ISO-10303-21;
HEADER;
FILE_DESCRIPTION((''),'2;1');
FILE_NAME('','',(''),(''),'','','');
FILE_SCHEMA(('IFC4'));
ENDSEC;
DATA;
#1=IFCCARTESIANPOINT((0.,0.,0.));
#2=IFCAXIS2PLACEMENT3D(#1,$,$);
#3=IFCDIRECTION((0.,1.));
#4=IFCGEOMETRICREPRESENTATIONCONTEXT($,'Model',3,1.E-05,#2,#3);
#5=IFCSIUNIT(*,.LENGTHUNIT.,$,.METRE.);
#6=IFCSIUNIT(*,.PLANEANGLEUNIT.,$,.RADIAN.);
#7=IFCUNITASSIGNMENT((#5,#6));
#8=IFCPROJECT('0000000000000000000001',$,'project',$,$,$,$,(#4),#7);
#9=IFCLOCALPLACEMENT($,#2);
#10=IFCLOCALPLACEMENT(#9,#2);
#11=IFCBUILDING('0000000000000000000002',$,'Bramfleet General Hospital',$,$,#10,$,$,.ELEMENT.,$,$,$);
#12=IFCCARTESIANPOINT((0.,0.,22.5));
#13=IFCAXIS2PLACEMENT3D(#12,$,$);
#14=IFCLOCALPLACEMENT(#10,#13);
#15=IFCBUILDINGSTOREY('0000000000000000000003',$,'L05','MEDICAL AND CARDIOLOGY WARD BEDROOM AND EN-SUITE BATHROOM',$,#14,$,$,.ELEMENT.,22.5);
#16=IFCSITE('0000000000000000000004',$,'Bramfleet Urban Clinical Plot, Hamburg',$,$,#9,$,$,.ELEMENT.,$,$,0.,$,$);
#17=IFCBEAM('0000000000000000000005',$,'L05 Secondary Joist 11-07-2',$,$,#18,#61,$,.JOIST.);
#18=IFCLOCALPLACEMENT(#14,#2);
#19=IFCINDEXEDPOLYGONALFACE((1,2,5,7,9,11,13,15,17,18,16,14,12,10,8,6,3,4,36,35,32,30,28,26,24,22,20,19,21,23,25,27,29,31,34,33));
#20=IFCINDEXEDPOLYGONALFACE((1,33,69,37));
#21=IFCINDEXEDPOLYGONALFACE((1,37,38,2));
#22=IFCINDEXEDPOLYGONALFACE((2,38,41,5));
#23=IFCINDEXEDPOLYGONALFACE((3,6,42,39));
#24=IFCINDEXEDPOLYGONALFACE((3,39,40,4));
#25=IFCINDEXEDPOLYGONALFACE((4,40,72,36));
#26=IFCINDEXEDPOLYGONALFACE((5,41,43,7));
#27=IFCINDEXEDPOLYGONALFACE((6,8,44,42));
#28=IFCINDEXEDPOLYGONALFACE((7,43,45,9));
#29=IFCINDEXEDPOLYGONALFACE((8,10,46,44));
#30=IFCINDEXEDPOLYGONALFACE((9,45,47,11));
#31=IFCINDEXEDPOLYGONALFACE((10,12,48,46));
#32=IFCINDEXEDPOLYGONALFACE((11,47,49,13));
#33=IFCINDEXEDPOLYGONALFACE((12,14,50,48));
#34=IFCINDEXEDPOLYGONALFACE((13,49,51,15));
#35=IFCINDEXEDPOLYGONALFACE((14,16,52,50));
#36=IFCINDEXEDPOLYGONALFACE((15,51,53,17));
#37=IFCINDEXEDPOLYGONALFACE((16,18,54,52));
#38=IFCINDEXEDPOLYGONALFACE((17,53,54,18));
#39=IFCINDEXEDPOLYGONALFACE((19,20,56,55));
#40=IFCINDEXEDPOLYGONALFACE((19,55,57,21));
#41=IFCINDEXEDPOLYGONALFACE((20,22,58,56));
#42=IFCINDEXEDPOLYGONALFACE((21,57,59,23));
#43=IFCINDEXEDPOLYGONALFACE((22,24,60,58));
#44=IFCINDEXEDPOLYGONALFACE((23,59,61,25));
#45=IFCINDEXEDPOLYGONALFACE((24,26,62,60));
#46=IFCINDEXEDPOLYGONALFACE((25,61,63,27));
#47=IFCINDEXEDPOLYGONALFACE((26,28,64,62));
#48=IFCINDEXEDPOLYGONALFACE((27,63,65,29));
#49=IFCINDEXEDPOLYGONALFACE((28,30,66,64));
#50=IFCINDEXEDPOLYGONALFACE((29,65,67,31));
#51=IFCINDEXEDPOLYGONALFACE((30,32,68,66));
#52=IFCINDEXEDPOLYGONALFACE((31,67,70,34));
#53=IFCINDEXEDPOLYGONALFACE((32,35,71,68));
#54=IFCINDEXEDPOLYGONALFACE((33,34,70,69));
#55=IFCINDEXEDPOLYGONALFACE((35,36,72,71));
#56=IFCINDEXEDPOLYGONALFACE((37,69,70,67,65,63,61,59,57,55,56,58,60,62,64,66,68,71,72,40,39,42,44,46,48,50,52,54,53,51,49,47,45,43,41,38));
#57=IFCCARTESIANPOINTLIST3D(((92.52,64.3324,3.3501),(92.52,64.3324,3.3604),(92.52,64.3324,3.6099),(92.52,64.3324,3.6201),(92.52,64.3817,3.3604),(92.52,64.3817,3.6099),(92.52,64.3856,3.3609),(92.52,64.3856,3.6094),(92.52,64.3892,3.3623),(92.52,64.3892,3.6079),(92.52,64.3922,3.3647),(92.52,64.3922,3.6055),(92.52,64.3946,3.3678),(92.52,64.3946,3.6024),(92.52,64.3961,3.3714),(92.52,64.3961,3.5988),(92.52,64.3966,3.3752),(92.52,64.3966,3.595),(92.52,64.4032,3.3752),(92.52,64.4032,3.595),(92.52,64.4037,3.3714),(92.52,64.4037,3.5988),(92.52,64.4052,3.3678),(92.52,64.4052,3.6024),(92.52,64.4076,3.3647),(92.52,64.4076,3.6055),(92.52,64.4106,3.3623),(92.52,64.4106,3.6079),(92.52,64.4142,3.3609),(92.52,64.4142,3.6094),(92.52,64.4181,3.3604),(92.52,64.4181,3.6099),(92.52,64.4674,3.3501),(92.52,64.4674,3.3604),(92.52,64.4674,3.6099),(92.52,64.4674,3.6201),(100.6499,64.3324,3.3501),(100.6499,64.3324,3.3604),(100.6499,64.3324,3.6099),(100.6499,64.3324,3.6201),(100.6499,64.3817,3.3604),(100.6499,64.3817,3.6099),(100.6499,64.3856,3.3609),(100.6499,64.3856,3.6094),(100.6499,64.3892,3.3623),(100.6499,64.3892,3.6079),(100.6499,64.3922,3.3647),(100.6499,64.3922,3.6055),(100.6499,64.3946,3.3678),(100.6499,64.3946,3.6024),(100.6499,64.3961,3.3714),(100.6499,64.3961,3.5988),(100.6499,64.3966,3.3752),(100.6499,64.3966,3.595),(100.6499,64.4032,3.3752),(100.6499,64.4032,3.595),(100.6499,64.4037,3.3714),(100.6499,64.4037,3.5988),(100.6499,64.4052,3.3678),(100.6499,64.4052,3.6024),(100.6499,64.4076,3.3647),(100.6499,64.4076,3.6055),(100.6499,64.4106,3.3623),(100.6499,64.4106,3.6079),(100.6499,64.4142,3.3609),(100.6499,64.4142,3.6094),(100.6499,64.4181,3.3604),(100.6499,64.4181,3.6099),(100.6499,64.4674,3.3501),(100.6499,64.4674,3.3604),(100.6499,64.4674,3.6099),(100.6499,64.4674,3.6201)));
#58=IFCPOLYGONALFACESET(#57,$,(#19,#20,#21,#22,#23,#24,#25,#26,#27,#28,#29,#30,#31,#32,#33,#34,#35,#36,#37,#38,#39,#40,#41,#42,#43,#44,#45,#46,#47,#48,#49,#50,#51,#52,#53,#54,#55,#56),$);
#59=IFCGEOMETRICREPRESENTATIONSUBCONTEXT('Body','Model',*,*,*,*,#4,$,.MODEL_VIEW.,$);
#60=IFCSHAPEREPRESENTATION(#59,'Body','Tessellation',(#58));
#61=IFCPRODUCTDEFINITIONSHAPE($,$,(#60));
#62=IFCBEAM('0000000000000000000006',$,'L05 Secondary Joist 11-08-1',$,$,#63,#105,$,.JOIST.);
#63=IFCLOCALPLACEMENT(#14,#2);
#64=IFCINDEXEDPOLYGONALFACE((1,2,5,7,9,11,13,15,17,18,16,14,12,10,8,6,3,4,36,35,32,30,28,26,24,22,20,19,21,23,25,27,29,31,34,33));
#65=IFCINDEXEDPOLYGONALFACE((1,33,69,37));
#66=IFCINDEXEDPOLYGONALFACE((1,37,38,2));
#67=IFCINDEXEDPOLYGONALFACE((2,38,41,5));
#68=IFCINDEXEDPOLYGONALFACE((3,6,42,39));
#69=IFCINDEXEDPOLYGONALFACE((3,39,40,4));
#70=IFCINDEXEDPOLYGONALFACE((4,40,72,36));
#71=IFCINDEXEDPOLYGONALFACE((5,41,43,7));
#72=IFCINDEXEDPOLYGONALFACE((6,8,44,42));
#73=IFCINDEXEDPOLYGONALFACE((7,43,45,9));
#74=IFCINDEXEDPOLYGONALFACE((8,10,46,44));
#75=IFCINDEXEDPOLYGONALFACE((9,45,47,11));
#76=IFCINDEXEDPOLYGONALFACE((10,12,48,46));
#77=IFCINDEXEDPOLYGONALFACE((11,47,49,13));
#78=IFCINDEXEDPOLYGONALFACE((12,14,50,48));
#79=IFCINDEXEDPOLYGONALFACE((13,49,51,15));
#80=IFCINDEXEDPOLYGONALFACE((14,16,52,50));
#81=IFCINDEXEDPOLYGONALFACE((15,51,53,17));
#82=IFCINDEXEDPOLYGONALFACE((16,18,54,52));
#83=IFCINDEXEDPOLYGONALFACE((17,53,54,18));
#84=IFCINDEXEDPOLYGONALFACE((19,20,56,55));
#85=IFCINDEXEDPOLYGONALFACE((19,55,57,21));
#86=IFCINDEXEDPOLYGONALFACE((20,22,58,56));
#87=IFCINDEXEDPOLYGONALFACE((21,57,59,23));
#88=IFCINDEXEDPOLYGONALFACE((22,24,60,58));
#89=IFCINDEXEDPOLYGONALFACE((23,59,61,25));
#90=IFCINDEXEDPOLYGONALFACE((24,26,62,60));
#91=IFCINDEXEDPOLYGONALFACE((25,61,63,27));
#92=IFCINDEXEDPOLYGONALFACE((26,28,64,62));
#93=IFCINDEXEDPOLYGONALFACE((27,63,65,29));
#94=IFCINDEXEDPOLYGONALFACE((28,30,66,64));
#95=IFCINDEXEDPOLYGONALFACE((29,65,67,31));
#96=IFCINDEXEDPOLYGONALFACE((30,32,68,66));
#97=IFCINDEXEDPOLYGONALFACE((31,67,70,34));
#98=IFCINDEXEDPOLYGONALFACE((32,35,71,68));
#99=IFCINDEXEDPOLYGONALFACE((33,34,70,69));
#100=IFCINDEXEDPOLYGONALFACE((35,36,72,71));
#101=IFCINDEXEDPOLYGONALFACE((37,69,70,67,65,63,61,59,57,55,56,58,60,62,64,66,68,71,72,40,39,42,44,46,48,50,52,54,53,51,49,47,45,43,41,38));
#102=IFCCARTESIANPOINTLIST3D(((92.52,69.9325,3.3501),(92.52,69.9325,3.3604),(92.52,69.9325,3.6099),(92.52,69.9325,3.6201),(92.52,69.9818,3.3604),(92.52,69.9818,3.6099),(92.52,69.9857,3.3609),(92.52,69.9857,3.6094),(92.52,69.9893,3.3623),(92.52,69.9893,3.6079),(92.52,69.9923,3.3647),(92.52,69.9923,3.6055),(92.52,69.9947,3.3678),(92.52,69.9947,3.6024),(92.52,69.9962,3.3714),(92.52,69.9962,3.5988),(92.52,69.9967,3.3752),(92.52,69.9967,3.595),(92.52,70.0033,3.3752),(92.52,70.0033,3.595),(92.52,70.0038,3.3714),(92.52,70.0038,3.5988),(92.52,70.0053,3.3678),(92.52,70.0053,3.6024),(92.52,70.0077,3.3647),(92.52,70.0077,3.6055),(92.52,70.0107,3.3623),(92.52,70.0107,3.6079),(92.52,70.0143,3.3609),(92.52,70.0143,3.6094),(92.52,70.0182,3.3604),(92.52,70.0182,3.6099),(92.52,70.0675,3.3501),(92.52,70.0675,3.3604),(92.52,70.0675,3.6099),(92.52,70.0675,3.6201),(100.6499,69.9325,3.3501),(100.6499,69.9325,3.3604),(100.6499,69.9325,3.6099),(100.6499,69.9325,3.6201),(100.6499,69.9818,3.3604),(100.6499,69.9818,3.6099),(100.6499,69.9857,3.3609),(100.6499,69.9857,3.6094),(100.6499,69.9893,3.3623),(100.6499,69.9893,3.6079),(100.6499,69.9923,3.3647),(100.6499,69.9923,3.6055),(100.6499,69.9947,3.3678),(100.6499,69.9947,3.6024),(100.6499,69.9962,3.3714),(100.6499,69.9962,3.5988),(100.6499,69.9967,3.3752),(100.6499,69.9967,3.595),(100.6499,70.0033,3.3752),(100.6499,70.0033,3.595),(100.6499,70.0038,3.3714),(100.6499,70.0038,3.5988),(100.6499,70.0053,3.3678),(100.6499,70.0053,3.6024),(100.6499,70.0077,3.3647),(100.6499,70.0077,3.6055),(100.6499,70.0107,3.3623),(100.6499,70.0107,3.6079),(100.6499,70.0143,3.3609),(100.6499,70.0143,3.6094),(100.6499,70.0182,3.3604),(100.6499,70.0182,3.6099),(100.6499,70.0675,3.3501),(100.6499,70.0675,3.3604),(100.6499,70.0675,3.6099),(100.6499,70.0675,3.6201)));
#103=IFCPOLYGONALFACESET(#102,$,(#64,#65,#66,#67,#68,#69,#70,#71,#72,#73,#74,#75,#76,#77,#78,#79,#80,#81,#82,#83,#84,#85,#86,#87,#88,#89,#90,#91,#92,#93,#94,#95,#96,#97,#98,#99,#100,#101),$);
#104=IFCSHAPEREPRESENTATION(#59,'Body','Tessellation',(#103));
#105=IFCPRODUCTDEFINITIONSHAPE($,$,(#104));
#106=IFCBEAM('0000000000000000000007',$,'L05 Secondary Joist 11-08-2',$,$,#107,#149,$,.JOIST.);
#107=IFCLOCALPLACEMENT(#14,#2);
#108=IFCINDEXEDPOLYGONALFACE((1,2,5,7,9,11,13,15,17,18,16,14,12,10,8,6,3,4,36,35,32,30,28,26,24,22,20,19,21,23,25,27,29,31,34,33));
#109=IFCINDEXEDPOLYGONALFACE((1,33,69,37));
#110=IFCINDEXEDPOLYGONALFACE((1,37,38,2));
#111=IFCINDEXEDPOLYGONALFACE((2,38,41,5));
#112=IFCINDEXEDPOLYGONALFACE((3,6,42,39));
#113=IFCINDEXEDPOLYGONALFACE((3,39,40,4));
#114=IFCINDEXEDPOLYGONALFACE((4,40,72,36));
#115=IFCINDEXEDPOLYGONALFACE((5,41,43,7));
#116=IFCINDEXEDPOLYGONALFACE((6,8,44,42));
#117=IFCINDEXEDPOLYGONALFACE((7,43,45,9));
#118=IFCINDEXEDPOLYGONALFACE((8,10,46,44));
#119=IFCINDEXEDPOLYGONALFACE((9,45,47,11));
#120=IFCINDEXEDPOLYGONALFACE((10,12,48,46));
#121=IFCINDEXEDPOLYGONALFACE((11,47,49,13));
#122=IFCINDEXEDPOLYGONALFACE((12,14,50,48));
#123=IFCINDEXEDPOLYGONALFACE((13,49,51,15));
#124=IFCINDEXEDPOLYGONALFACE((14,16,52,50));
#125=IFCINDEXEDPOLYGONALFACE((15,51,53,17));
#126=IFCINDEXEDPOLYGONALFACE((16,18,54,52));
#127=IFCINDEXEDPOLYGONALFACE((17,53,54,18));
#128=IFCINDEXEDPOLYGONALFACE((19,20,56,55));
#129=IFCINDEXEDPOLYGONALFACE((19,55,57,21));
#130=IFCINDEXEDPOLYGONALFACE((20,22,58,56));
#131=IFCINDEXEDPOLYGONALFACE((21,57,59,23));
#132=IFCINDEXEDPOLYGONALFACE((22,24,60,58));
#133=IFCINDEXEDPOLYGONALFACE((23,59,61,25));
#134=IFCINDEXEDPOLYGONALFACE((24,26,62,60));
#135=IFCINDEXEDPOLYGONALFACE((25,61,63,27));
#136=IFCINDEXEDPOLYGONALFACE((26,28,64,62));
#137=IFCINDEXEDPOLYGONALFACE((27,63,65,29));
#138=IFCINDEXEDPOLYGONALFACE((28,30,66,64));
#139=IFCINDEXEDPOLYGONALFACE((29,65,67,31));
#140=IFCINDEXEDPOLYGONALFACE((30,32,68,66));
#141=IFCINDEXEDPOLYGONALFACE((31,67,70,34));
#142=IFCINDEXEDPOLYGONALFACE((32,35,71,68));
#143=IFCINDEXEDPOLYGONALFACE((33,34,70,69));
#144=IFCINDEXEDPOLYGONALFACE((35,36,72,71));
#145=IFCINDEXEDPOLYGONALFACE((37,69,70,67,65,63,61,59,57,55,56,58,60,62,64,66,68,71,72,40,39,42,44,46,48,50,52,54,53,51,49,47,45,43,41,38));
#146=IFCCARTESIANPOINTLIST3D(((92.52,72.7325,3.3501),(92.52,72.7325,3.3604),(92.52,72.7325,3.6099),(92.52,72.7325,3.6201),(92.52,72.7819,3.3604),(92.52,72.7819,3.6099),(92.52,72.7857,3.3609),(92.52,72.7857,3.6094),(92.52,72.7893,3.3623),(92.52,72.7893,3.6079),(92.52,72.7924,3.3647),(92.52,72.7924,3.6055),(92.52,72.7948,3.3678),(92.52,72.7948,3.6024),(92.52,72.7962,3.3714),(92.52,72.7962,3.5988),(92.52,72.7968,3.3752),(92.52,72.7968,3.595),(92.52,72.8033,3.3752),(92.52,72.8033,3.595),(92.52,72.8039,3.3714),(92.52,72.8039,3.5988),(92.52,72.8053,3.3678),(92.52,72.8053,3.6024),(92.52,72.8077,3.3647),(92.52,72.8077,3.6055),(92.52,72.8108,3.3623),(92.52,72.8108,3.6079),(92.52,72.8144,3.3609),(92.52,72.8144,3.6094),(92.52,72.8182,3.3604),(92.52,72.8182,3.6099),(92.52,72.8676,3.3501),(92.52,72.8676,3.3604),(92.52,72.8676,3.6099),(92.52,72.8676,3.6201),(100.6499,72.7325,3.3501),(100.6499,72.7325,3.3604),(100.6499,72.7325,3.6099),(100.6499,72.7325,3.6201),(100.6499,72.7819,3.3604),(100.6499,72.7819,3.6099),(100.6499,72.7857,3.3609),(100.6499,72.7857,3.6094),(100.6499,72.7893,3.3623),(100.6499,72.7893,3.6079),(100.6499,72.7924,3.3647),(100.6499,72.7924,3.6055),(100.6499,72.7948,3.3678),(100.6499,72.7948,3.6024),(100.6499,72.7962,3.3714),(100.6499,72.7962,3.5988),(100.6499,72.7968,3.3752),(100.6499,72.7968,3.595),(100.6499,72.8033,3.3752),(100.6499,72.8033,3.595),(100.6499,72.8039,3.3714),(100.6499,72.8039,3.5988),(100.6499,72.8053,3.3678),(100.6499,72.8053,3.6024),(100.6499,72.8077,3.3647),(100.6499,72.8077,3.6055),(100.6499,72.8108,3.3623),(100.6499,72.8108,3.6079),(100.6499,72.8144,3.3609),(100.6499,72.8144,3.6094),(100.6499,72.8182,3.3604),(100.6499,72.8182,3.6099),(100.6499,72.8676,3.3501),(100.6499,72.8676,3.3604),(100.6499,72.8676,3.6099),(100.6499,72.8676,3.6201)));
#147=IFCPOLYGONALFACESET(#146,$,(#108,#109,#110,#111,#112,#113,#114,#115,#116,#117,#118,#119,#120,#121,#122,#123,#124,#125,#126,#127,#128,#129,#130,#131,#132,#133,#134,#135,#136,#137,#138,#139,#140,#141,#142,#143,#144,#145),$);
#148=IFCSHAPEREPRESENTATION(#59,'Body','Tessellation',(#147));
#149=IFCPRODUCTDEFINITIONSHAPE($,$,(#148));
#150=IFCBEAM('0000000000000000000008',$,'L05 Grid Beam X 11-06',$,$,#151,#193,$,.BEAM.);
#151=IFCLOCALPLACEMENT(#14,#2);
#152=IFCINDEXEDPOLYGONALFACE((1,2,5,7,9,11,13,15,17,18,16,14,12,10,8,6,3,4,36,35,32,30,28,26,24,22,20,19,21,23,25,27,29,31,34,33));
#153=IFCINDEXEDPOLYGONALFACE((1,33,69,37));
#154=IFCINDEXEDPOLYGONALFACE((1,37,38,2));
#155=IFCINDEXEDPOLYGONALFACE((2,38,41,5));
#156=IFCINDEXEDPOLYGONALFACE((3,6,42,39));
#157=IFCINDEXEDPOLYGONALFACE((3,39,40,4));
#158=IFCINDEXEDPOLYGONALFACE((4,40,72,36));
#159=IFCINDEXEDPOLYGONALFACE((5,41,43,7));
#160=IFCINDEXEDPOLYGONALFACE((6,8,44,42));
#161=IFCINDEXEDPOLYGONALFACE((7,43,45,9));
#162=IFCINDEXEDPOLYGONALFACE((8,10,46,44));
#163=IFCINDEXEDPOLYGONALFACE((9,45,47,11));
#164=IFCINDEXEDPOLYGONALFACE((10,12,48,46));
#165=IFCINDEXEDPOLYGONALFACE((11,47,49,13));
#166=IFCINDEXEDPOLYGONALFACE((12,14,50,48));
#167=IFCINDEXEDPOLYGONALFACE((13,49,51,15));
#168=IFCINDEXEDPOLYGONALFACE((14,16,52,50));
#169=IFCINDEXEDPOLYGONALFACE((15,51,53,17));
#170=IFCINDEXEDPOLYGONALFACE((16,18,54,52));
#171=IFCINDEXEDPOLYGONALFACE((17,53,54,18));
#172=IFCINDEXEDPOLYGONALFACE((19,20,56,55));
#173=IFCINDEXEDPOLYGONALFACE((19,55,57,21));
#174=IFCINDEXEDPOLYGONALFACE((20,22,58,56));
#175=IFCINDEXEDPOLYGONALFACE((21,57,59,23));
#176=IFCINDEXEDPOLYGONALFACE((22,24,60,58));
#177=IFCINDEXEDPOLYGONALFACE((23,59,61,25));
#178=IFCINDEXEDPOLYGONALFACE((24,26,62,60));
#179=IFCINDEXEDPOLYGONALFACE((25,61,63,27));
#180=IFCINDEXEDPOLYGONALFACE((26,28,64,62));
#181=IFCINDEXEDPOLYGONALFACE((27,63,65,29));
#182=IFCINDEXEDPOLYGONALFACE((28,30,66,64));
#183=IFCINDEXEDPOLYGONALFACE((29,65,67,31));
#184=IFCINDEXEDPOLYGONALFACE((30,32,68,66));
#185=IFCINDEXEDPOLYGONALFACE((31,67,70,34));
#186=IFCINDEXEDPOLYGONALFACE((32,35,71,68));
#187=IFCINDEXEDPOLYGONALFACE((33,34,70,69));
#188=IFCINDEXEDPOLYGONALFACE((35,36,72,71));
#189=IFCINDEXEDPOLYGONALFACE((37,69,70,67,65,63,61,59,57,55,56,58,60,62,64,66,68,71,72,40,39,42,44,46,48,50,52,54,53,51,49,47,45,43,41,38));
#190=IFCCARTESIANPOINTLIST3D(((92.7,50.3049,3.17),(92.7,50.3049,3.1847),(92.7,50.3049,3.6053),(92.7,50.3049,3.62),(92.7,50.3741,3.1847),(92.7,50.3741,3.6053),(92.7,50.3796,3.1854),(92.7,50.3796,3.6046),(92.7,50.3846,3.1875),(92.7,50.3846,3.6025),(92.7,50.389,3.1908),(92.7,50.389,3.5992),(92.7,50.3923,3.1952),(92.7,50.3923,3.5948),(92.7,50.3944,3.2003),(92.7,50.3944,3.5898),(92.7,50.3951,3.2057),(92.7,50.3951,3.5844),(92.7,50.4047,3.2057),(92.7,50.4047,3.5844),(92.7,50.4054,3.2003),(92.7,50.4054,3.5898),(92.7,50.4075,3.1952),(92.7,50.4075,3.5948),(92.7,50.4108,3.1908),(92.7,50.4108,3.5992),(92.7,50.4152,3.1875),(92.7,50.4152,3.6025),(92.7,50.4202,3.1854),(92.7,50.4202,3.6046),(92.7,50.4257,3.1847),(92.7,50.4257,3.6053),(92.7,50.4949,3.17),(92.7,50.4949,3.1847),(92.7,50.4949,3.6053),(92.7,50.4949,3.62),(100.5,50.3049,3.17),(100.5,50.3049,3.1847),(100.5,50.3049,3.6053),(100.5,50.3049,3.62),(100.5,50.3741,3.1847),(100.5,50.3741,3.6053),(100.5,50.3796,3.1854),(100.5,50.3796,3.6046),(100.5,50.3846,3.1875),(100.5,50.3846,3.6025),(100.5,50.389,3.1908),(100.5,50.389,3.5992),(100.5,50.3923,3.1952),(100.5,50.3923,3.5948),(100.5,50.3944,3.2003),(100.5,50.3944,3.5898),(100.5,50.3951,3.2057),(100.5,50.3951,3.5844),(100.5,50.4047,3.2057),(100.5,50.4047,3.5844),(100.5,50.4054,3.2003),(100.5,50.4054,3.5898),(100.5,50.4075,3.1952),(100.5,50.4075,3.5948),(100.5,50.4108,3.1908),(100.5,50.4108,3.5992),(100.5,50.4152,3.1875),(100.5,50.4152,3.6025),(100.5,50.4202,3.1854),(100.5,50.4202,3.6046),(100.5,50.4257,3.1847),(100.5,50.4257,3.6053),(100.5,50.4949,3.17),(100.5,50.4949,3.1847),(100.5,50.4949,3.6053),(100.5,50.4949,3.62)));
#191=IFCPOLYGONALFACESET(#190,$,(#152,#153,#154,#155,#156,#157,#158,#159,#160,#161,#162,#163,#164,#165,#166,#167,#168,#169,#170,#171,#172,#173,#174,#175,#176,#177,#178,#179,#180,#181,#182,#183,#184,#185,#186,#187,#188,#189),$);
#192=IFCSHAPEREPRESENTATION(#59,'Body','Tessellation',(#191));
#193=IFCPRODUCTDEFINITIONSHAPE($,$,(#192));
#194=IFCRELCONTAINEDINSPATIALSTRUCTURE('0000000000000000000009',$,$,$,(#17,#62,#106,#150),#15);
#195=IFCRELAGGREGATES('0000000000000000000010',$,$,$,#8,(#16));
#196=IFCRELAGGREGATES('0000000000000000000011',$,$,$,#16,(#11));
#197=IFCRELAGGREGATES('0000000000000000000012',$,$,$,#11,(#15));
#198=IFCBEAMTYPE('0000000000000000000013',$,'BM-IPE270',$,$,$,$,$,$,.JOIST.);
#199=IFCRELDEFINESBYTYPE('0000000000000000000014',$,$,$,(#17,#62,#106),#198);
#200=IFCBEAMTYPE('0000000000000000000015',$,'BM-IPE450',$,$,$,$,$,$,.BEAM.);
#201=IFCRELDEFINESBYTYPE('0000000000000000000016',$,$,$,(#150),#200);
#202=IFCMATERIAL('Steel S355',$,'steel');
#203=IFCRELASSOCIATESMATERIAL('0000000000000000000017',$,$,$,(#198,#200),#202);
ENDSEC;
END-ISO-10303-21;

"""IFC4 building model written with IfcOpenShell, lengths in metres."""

from ifc_helpers import new_model, si_unit, direction, frame, origin, origin_2d, place, context, subcontext, project, spatial, i_section, extrude, material, material_profile, profile_set, type_object, element, save


model = new_model("IFC4")

# Units and contexts
model_context = context("Model", 3, precision=1e-05, world=origin(), true_north=direction((0.0, 1.0)))
body_context = subcontext(model_context, "Body", "Model", "MODEL_VIEW")
ifc_project = project(units=[si_unit("LENGTHUNIT", "METRE"), si_unit("PLANEANGLEUNIT", "RADIAN")], contexts=[model_context])

# Site, building, storey
site_placement = place(None, origin())
site = spatial("IfcSite", under=ifc_project, at=site_placement, Name="Bramfleet Urban Clinical Plot, Hamburg", CompositionType="ELEMENT", RefElevation=0.0)
building_placement = place(site_placement, origin())
building = spatial("IfcBuilding", under=site, at=building_placement, Name="Bramfleet General Hospital", CompositionType="ELEMENT")
storey_placement = place(building_placement, frame((0.0, 0.0, 22.5)))
storey = spatial("IfcBuildingStorey", under=building, at=storey_placement, Name="L05", Description="MEDICAL AND CARDIOLOGY WARD BEDROOM AND EN-SUITE BATHROOM", CompositionType="ELEMENT", Elevation=22.5)

# Beams
ifc_material_1 = material(Name="Steel S355", Category="steel")
ifc_material_profile_1 = material_profile(ifc_material_1, i_section(OverallWidth=0.135, OverallDepth=0.27, WebThickness=0.0066, FlangeThickness=0.0103, FilletRadius=0.0149, at=origin_2d()), Name="IPE 270")
ifc_profile_set_1 = profile_set([ifc_material_profile_1], Name="Steel S355")
beam_type_1 = type_object("IfcBeamType", Name="BM-IPE270", PredefinedType="JOIST", material=ifc_profile_set_1)
for number, where, z_axis, x_axis, name in (
    (1, (92.52, 64.3999, 3.4851), (1.0, 0.0, 0.0), (0.0, 1.0, 0.0), "L05 Secondary Joist 11-07-2"),
    (2, (92.52, 70.0, 3.4851), (1.0, 0.0, 0.0), (0.0, 1.0, 0.0), "L05 Secondary Joist 11-08-1"),
    (3, (92.52, 72.8, 3.4851), (1.0, 0.0, 0.0), (0.0, 1.0, 0.0), "L05 Secondary Joist 11-08-2"),
):
    element("IfcBeam", number, at=place(storey_placement, frame(where, z_axis=z_axis, x_axis=x_axis)), inside=storey, type_object=beam_type_1, Name=name, PredefinedType="JOIST", context=body_context, shape_type="SweptSolid", body=[
        extrude(i_section(OverallWidth=0.135, OverallDepth=0.27, WebThickness=0.0066, FlangeThickness=0.0103, FilletRadius=0.0149, at=origin_2d()), origin(), (0.0, 0.0, 1.0), 8.1299),
    ])
ifc_material_profile_2 = material_profile(ifc_material_1, i_section(OverallWidth=0.1899, OverallDepth=0.45, WebThickness=0.0095, FlangeThickness=0.0146, FilletRadius=0.021, at=origin_2d()), Name="IPE 450")
ifc_profile_set_2 = profile_set([ifc_material_profile_2], Name="Steel S355")
beam_type_2 = type_object("IfcBeamType", Name="BM-IPE450", PredefinedType="BEAM", material=ifc_profile_set_2)
for number, where, z_axis, x_axis, name in (
    (4, (92.7, 50.3999, 3.395), (1.0, 0.0, 0.0), (0.0, 1.0, 0.0), "L05 Grid Beam X 11-06"),
):
    element("IfcBeam", number, at=place(storey_placement, frame(where, z_axis=z_axis, x_axis=x_axis)), inside=storey, type_object=beam_type_2, Name=name, PredefinedType="BEAM", context=body_context, shape_type="SweptSolid", body=[
        extrude(i_section(OverallWidth=0.1899, OverallDepth=0.45, WebThickness=0.0095, FlangeThickness=0.0146, FilletRadius=0.021, at=origin_2d()), origin(), (0.0, 0.0, 1.0), 7.8),
    ])

save(model, "model.ifc")
